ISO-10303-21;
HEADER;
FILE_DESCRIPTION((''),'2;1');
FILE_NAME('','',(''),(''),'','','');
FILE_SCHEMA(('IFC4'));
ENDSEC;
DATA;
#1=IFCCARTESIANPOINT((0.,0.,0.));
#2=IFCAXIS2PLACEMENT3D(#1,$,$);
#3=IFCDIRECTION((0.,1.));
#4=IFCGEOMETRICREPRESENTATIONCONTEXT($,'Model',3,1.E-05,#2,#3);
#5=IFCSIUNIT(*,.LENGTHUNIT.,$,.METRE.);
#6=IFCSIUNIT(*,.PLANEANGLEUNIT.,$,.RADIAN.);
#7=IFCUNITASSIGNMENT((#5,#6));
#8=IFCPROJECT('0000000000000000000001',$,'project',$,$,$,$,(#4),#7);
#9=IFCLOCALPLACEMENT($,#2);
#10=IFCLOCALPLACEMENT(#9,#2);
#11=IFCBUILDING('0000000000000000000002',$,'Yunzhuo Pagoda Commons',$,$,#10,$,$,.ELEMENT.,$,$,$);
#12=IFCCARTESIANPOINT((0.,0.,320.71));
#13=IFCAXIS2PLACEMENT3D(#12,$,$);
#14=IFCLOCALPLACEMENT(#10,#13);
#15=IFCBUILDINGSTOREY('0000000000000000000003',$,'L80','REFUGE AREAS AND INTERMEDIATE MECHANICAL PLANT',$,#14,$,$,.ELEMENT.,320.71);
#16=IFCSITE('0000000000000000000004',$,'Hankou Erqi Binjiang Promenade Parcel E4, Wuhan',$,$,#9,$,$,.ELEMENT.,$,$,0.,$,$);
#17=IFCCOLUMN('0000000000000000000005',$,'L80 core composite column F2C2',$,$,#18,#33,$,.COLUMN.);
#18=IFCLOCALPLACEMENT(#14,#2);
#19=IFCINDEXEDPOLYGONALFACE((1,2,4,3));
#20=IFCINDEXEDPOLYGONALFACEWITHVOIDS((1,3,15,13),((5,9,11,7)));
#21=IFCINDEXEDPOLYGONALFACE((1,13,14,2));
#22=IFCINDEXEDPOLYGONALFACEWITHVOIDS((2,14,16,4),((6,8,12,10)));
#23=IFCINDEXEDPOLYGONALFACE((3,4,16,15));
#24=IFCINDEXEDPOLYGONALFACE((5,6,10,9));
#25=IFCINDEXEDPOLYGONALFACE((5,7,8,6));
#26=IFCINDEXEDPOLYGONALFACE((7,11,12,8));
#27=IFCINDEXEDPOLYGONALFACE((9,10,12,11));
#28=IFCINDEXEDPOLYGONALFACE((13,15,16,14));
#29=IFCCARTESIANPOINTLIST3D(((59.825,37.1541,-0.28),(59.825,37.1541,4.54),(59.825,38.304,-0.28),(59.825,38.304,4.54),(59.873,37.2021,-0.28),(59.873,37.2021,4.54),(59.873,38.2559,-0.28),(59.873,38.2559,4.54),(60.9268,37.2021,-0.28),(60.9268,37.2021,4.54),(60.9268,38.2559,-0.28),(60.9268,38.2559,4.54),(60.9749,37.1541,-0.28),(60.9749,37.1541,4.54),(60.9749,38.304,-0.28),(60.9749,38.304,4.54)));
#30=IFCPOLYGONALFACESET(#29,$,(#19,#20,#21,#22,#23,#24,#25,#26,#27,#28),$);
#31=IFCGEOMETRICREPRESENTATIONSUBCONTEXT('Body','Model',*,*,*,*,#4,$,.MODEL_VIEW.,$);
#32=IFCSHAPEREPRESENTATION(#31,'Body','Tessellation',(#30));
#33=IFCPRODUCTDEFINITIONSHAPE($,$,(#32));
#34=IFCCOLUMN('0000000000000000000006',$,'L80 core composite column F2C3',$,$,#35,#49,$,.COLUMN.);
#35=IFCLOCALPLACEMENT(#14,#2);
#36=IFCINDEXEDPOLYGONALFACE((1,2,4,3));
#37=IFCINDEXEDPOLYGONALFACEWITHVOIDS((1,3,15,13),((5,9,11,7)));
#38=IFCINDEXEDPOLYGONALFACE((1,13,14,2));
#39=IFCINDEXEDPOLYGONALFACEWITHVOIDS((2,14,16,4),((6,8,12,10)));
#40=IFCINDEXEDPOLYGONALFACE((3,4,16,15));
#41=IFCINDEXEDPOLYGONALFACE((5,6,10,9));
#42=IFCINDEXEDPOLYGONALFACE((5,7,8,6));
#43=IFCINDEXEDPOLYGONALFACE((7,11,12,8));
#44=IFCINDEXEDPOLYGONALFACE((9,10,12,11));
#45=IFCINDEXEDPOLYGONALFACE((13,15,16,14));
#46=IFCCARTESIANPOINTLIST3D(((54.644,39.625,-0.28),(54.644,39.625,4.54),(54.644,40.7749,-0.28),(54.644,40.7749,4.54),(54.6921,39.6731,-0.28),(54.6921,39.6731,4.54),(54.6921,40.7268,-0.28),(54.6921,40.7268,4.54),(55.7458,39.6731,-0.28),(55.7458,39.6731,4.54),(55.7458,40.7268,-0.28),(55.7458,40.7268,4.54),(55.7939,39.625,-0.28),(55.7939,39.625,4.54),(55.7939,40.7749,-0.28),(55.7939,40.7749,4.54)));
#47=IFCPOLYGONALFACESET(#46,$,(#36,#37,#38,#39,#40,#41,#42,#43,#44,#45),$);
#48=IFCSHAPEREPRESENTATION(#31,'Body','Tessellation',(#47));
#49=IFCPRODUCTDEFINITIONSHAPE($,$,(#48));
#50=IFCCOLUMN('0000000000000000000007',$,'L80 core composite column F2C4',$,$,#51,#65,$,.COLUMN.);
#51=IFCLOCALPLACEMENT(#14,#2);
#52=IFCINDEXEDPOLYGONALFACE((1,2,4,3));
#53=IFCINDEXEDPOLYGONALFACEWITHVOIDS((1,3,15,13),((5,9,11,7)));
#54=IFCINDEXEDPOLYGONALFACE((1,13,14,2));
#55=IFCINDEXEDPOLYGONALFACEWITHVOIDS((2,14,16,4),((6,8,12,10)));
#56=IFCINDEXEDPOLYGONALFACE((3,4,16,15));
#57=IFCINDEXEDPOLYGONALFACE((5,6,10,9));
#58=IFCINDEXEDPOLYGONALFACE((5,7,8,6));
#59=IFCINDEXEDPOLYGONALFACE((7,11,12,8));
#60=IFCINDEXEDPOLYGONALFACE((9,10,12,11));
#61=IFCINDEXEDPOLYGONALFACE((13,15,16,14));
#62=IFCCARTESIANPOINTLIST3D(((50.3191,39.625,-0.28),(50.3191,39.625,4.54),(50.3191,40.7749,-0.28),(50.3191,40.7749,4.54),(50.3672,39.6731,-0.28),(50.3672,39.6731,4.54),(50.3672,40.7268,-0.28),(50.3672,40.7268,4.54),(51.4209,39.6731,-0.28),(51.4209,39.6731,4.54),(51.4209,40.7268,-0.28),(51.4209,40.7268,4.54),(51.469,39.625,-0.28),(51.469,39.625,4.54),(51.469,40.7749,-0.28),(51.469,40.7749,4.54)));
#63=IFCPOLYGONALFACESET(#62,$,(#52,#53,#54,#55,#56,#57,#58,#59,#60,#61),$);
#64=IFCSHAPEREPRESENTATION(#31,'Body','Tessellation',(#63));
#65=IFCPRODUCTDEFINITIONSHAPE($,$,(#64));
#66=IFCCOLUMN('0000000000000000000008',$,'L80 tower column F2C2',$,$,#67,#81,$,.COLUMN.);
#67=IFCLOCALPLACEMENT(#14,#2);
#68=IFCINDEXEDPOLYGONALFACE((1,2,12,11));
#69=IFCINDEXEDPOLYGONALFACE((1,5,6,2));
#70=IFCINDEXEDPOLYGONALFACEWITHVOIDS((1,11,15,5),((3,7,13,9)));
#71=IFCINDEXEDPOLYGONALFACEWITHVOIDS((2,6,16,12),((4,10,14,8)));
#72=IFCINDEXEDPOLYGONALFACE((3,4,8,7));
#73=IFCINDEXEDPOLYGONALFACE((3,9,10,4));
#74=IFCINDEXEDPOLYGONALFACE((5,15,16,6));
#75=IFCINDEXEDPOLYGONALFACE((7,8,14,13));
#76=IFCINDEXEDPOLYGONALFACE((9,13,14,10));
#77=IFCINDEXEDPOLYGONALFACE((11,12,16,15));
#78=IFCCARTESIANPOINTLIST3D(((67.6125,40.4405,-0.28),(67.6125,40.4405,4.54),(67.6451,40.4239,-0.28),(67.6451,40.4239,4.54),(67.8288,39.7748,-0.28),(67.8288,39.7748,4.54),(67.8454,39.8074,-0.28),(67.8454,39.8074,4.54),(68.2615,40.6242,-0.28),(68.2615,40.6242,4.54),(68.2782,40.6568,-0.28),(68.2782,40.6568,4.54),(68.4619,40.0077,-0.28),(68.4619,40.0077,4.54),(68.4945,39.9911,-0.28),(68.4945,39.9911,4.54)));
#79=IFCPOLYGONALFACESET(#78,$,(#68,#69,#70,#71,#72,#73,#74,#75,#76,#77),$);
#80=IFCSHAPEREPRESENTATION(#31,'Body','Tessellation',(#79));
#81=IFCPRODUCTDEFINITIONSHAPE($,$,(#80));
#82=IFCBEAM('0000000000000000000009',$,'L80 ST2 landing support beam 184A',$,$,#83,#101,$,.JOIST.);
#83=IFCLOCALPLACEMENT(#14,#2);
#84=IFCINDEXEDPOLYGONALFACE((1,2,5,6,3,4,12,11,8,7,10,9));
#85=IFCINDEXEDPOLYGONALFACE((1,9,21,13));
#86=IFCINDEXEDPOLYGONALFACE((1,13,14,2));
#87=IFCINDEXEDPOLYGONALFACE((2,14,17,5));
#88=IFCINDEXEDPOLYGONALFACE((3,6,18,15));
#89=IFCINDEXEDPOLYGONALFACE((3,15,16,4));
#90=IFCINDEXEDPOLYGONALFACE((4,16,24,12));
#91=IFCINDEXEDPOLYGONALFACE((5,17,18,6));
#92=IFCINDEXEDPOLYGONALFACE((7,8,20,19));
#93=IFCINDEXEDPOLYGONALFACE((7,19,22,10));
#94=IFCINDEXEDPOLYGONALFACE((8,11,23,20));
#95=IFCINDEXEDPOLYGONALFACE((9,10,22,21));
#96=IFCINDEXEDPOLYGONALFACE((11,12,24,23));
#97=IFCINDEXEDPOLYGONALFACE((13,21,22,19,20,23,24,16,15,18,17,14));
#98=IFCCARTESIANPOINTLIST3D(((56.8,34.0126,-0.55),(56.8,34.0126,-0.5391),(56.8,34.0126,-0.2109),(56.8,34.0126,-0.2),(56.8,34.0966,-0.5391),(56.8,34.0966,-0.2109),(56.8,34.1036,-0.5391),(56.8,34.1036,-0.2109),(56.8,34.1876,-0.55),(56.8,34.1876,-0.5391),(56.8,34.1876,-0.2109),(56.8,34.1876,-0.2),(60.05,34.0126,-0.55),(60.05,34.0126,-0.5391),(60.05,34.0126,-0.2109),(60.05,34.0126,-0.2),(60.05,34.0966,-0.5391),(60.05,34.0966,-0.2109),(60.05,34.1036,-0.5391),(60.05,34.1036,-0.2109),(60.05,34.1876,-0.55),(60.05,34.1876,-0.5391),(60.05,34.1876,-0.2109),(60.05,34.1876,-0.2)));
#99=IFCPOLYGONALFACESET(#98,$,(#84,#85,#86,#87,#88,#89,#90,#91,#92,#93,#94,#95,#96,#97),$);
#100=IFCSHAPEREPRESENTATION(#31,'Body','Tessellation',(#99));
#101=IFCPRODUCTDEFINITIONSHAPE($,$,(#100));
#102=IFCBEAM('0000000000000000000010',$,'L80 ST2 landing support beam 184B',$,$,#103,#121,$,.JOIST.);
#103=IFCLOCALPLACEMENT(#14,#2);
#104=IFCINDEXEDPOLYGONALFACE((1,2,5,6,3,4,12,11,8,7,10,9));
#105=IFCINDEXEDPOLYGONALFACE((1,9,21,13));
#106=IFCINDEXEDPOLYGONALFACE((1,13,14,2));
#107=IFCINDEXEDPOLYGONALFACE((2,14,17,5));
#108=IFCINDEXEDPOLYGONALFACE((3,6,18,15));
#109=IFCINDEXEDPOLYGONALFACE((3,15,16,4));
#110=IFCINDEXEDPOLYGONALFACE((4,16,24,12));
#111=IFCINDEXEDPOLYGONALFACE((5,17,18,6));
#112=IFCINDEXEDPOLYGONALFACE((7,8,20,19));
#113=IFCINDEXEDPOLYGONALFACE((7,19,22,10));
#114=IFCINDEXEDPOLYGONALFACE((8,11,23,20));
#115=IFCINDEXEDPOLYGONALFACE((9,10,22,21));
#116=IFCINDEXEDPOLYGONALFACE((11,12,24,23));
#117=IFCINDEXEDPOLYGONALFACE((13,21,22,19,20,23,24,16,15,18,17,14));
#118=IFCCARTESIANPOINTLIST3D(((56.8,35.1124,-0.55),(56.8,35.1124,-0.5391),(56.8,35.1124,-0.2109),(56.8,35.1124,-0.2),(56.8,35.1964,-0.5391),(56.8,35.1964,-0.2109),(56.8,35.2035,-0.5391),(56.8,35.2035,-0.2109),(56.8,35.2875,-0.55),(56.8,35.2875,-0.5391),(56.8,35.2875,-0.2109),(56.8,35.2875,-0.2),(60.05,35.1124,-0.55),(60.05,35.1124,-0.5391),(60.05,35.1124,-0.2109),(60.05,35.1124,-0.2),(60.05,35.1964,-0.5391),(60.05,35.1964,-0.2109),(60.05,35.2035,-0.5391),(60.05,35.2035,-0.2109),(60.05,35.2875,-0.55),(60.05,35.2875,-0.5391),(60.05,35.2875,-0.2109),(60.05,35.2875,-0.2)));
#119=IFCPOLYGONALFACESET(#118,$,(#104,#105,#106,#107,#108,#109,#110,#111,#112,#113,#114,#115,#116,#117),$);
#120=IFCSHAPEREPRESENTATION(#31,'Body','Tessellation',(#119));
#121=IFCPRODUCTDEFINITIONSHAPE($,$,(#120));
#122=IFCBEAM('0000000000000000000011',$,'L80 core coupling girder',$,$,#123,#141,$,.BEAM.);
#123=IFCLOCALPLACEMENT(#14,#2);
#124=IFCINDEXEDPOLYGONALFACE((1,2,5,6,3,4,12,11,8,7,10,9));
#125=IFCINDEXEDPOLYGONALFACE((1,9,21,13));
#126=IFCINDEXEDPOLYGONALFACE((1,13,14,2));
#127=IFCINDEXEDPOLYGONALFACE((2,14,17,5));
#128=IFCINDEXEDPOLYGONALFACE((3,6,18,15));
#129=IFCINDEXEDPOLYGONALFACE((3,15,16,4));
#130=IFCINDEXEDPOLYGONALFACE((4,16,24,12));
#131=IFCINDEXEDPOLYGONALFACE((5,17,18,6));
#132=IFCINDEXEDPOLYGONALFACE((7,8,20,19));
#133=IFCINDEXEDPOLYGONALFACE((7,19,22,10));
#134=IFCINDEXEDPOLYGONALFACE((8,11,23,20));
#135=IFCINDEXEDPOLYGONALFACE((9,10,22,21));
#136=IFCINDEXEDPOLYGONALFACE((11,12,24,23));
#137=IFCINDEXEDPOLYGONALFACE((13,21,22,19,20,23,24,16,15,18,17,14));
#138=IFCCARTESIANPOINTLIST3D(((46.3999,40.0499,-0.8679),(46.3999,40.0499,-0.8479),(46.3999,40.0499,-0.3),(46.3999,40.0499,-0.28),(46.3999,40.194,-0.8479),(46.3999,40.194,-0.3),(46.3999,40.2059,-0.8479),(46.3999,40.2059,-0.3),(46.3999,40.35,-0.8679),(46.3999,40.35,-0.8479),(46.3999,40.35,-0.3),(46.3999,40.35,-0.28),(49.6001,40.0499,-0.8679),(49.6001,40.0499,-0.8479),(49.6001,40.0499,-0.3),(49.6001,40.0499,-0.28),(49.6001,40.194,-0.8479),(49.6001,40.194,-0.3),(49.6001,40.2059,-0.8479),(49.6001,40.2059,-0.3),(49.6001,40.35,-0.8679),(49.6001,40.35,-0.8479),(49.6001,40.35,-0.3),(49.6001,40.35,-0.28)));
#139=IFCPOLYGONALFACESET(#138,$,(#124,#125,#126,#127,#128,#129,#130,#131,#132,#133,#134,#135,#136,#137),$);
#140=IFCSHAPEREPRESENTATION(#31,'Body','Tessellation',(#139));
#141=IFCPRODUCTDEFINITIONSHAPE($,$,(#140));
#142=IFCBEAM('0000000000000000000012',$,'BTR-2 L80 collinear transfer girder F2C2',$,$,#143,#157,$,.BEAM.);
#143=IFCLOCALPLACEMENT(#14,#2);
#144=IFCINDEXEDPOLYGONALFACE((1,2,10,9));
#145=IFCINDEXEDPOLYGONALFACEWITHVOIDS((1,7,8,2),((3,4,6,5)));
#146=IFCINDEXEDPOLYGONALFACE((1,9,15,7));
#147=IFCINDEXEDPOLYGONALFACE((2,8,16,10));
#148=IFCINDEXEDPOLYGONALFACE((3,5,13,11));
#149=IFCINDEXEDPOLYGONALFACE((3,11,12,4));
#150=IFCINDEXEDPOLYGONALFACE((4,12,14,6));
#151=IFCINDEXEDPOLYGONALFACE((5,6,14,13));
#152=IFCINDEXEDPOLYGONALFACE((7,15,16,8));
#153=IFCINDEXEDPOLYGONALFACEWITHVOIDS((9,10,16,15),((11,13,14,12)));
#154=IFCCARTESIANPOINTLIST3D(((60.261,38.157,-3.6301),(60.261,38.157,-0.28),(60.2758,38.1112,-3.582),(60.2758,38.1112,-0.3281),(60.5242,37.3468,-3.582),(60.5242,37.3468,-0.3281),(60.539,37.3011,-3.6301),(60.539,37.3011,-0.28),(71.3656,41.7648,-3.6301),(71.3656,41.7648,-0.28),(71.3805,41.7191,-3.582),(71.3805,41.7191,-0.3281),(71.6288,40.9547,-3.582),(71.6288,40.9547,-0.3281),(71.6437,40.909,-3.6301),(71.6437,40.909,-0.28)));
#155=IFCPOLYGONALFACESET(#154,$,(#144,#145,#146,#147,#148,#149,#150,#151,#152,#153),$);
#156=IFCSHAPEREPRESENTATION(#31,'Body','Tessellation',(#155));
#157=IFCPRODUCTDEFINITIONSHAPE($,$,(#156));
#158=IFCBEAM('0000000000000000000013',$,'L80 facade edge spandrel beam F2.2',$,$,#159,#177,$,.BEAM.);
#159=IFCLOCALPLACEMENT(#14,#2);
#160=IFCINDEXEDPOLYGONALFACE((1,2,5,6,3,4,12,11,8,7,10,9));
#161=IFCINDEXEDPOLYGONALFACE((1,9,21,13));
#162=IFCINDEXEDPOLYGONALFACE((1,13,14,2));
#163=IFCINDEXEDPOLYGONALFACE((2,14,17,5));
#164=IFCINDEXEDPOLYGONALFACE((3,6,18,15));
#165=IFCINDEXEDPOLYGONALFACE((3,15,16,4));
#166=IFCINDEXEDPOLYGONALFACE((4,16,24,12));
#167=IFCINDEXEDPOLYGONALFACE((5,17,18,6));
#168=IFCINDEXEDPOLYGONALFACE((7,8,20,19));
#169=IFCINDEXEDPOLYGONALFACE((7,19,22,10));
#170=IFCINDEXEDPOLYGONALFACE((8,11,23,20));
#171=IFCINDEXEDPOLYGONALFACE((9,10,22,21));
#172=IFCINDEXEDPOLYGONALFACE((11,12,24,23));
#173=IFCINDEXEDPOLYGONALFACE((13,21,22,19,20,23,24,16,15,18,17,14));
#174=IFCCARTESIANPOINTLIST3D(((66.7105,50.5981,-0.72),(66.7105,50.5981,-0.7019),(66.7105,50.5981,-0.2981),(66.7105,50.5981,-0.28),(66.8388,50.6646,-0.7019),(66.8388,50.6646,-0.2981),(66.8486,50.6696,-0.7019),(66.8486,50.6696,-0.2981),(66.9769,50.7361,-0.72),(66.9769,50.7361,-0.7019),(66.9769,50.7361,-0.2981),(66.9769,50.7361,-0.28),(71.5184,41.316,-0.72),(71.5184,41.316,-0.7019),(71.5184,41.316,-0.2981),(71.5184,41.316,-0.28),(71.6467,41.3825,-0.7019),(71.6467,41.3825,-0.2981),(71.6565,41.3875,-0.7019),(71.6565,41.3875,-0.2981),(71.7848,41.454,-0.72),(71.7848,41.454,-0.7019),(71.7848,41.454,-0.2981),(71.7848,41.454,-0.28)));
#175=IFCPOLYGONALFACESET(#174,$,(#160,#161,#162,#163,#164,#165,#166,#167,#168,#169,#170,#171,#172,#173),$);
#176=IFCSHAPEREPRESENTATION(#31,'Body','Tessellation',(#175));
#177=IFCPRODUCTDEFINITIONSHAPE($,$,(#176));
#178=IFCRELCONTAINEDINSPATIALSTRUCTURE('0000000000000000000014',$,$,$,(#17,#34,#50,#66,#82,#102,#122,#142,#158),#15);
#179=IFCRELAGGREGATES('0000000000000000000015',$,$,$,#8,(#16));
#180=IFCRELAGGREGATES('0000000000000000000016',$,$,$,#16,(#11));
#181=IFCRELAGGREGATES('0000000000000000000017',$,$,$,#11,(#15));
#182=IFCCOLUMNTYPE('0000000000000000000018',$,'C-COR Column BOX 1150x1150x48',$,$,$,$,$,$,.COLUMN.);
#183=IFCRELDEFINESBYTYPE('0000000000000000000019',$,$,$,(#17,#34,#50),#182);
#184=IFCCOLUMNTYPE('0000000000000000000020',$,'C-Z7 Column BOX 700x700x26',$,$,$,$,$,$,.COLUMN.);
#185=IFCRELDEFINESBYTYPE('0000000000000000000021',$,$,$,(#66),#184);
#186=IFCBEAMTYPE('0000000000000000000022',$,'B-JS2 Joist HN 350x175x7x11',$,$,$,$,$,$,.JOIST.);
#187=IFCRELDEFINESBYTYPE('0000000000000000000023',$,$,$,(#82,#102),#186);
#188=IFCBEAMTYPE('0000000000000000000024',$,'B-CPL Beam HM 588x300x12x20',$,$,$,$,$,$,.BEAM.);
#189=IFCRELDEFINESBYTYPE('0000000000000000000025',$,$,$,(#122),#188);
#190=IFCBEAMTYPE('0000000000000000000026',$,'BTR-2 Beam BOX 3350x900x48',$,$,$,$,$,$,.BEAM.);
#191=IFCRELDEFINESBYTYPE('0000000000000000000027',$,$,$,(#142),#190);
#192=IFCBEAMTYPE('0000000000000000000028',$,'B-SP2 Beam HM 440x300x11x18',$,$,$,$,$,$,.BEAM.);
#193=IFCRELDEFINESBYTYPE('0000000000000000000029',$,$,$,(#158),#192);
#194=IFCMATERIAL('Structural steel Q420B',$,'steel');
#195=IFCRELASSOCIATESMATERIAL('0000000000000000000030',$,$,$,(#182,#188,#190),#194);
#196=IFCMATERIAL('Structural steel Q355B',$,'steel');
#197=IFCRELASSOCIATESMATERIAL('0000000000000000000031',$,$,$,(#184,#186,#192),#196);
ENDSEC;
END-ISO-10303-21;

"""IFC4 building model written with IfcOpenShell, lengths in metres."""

from ifc_helpers import new_model, si_unit, direction, frame, origin, origin_2d, place, context, subcontext, project, spatial, hollow_rectangle, i_section, extrude, source, transform, mapped, material, material_profile, profile_set, type_object, element, save


model = new_model("IFC4")

# Units and contexts
model_context = context("Model", 3, precision=1e-05, world=origin(), true_north=direction((0.0, 1.0)))
body_context = subcontext(model_context, "Body", "Model", "MODEL_VIEW")
ifc_project = project(units=[si_unit("LENGTHUNIT", "METRE"), si_unit("PLANEANGLEUNIT", "RADIAN")], contexts=[model_context])

# Site, building, storey
site_placement = place(None, origin())
site = spatial("IfcSite", under=ifc_project, at=site_placement, Name="Hankou Erqi Binjiang Promenade Parcel E4, Wuhan", CompositionType="ELEMENT", RefElevation=0.0)
building_placement = place(site_placement, origin())
building = spatial("IfcBuilding", under=site, at=building_placement, Name="Yunzhuo Pagoda Commons", CompositionType="ELEMENT")
storey_placement = place(building_placement, frame((0.0, 0.0, 320.71)))
storey = spatial("IfcBuildingStorey", under=building, at=storey_placement, Name="L80", Description="REFUGE AREAS AND INTERMEDIATE MECHANICAL PLANT", CompositionType="ELEMENT", Elevation=320.71)

# Columns
ifc_material_1 = material(Name="Structural steel Q420B", Category="steel")
ifc_material_profile_1 = material_profile(ifc_material_1, hollow_rectangle(XDim=1.1499, YDim=1.1499, WallThickness=0.0481, at=origin_2d()), Name="Structural steel Q420B")
ifc_profile_set_1 = profile_set([ifc_material_profile_1], Name="Structural steel Q420B")
column_type_1 = type_object("IfcColumnType", Name="C-COR Column BOX 1150x1150x48", PredefinedType="COLUMN", material=ifc_profile_set_1)
shared_shape_1 = source(origin(), body_context, "Body", "SweptSolid", [
    extrude(hollow_rectangle(XDim=1.1499, YDim=1.1499, WallThickness=0.0481, at=origin_2d()), origin(), (0.0, 0.0, 1.0), 4.8201),
])
for number, where, z_axis, x_axis, name in (
    (1, (60.3999, 37.729, -0.28), (0.0, 0.0, 1.0), (1.0, 0.0, 0.0), "L80 core composite column F2C2"),
    (2, (55.219, 40.2, -0.28), (0.0, 0.0, 1.0), (1.0, 0.0, 0.0), "L80 core composite column F2C3"),
    (3, (50.894, 40.2, -0.28), (0.0, 0.0, 1.0), (1.0, 0.0, 0.0), "L80 core composite column F2C4"),
):
    element("IfcColumn", number, at=place(storey_placement, frame(where, z_axis=z_axis, x_axis=x_axis)), inside=storey, type_object=column_type_1, Name=name, PredefinedType="COLUMN", context=body_context, shape_type="MappedRepresentation", body=[
        mapped(shared_shape_1, transform((0.0, 0.0, 0.0), scale=1.0)),
    ])
ifc_material_2 = material(Name="Structural steel Q355B", Category="steel")
ifc_material_profile_2 = material_profile(ifc_material_2, hollow_rectangle(XDim=0.7, YDim=0.7, WallThickness=0.0259, at=origin_2d()), Name="Structural steel Q355B")
ifc_profile_set_2 = profile_set([ifc_material_profile_2], Name="Structural steel Q355B")
column_type_2 = type_object("IfcColumnType", Name="C-Z7 Column BOX 700x700x26", PredefinedType="COLUMN", material=ifc_profile_set_2)
shared_shape_2 = source(origin(), body_context, "Body", "SweptSolid", [
    extrude(hollow_rectangle(XDim=0.7, YDim=0.7, WallThickness=0.0259, at=origin_2d()), origin(), (0.0, 0.0, 1.0), 4.8201),
])
column_placement = place(storey_placement, frame((68.0535, 40.2158, -0.28), z_axis=(0.0, 0.0, 1.0), x_axis=(-0.309017, 0.951057, 0.0)))
element("IfcColumn", 4, at=column_placement, inside=storey, type_object=column_type_2, Name="L80 tower column F2C2", PredefinedType="COLUMN", context=body_context, shape_type="MappedRepresentation", body=[
    mapped(shared_shape_2, transform((0.0, 0.0, 0.0), scale=1.0)),
])

# Beams
ifc_material_profile_3 = material_profile(ifc_material_2, i_section(OverallWidth=0.175, OverallDepth=0.3501, WebThickness=0.0071, FlangeThickness=0.011, at=origin_2d()), Name="Structural steel Q355B")
ifc_profile_set_3 = profile_set([ifc_material_profile_3], Name="Structural steel Q355B")
beam_type_1 = type_object("IfcBeamType", Name="B-JS2 Joist HN 350x175x7x11", PredefinedType="JOIST", material=ifc_profile_set_3)
shared_shape_3 = source(origin(), body_context, "Body", "SweptSolid", [
    extrude(i_section(OverallWidth=0.175, OverallDepth=0.3501, WebThickness=0.0071, FlangeThickness=0.011, at=origin_2d()), origin(), (0.0, 0.0, 1.0), 3.25),
])
for number, where, z_axis, x_axis, name in (
    (5, (56.8, 34.1001, -0.375), (1.0, 0.0, 0.0), (0.0, 1.0, 0.0), "L80 ST2 landing support beam 184A"),
    (6, (56.8, 35.2, -0.375), (1.0, 0.0, 0.0), (0.0, 1.0, 0.0), "L80 ST2 landing support beam 184B"),
):
    element("IfcBeam", number, at=place(storey_placement, frame(where, z_axis=z_axis, x_axis=x_axis)), inside=storey, type_object=beam_type_1, Name=name, PredefinedType="JOIST", context=body_context, shape_type="MappedRepresentation", body=[
        mapped(shared_shape_3, transform((0.0, 0.0, 0.0), scale=1.0)),
    ])
ifc_material_profile_4 = material_profile(ifc_material_1, i_section(OverallWidth=0.3, OverallDepth=0.5879, WebThickness=0.012, FlangeThickness=0.02, at=origin_2d()), Name="Structural steel Q420B")
ifc_profile_set_4 = profile_set([ifc_material_profile_4], Name="Structural steel Q420B")
beam_type_2 = type_object("IfcBeamType", Name="B-CPL Beam HM 588x300x12x20", PredefinedType="BEAM", material=ifc_profile_set_4)
shared_shape_4 = source(origin(), body_context, "Body", "SweptSolid", [
    extrude(i_section(OverallWidth=0.3, OverallDepth=0.5879, WebThickness=0.012, FlangeThickness=0.02, at=origin_2d()), origin(), (0.0, 0.0, 1.0), 3.2002),
])
beam_1_placement = place(storey_placement, frame((46.3999, 40.2, -0.574), z_axis=(1.0, 0.0, 0.0), x_axis=(0.0, 1.0, 0.0)))
element("IfcBeam", 7, at=beam_1_placement, inside=storey, type_object=beam_type_2, Name="L80 core coupling girder", PredefinedType="BEAM", context=body_context, shape_type="MappedRepresentation", body=[
    mapped(shared_shape_4, transform((0.0, 0.0, 0.0), scale=1.0)),
])
ifc_material_profile_5 = material_profile(ifc_material_1, hollow_rectangle(XDim=0.8999, YDim=3.3501, WallThickness=0.0481, at=origin_2d()), Name="Structural steel Q420B")
ifc_profile_set_5 = profile_set([ifc_material_profile_5], Name="Structural steel Q420B")
beam_type_3 = type_object("IfcBeamType", Name="BTR-2 Beam BOX 3350x900x48", PredefinedType="BEAM", material=ifc_profile_set_5)
shared_shape_5 = source(origin(), body_context, "Body", "SweptSolid", [
    extrude(hollow_rectangle(XDim=0.8999, YDim=3.3501, WallThickness=0.0481, at=origin_2d()), origin(), (0.0, 0.0, 1.0), 11.676),
])
beam_2_placement = place(storey_placement, frame((71.5046, 41.3369, -1.9551), z_axis=(-0.951062, -0.308999, 0.0), x_axis=(0.308999, -0.951062, 0.0)))
element("IfcBeam", 8, at=beam_2_placement, inside=storey, type_object=beam_type_3, Name="BTR-2 L80 collinear transfer girder F2C2", PredefinedType="BEAM", context=body_context, shape_type="MappedRepresentation", body=[
    mapped(shared_shape_5, transform((0.0, 0.0, 0.0), scale=1.0)),
])
ifc_material_profile_6 = material_profile(ifc_material_2, i_section(OverallWidth=0.3, OverallDepth=0.4399, WebThickness=0.011, FlangeThickness=0.0181, at=origin_2d()), Name="Structural steel Q355B")
ifc_profile_set_6 = profile_set([ifc_material_profile_6], Name="Structural steel Q355B")
beam_type_4 = type_object("IfcBeamType", Name="B-SP2 Beam HM 440x300x11x18", PredefinedType="BEAM", material=ifc_profile_set_6)
shared_shape_6 = source(origin(), body_context, "Body", "SweptSolid", [
    extrude(i_section(OverallWidth=0.3, OverallDepth=0.4399, WebThickness=0.011, FlangeThickness=0.0181, at=origin_2d()), origin(), (0.0, 0.0, 1.0), 10.4534),
])
beam_3_placement = place(storey_placement, frame((71.6516, 41.385, -0.5), z_axis=(-0.459939, 0.887951, 0.0), x_axis=(-0.887951, -0.459939, 0.0)))
element("IfcBeam", 9, at=beam_3_placement, inside=storey, type_object=beam_type_4, Name="L80 facade edge spandrel beam F2.2", PredefinedType="BEAM", context=body_context, shape_type="MappedRepresentation", body=[
    mapped(shared_shape_6, transform((0.0, 0.0, 0.0), scale=1.0)),
])

save(model, "model.ifc")
